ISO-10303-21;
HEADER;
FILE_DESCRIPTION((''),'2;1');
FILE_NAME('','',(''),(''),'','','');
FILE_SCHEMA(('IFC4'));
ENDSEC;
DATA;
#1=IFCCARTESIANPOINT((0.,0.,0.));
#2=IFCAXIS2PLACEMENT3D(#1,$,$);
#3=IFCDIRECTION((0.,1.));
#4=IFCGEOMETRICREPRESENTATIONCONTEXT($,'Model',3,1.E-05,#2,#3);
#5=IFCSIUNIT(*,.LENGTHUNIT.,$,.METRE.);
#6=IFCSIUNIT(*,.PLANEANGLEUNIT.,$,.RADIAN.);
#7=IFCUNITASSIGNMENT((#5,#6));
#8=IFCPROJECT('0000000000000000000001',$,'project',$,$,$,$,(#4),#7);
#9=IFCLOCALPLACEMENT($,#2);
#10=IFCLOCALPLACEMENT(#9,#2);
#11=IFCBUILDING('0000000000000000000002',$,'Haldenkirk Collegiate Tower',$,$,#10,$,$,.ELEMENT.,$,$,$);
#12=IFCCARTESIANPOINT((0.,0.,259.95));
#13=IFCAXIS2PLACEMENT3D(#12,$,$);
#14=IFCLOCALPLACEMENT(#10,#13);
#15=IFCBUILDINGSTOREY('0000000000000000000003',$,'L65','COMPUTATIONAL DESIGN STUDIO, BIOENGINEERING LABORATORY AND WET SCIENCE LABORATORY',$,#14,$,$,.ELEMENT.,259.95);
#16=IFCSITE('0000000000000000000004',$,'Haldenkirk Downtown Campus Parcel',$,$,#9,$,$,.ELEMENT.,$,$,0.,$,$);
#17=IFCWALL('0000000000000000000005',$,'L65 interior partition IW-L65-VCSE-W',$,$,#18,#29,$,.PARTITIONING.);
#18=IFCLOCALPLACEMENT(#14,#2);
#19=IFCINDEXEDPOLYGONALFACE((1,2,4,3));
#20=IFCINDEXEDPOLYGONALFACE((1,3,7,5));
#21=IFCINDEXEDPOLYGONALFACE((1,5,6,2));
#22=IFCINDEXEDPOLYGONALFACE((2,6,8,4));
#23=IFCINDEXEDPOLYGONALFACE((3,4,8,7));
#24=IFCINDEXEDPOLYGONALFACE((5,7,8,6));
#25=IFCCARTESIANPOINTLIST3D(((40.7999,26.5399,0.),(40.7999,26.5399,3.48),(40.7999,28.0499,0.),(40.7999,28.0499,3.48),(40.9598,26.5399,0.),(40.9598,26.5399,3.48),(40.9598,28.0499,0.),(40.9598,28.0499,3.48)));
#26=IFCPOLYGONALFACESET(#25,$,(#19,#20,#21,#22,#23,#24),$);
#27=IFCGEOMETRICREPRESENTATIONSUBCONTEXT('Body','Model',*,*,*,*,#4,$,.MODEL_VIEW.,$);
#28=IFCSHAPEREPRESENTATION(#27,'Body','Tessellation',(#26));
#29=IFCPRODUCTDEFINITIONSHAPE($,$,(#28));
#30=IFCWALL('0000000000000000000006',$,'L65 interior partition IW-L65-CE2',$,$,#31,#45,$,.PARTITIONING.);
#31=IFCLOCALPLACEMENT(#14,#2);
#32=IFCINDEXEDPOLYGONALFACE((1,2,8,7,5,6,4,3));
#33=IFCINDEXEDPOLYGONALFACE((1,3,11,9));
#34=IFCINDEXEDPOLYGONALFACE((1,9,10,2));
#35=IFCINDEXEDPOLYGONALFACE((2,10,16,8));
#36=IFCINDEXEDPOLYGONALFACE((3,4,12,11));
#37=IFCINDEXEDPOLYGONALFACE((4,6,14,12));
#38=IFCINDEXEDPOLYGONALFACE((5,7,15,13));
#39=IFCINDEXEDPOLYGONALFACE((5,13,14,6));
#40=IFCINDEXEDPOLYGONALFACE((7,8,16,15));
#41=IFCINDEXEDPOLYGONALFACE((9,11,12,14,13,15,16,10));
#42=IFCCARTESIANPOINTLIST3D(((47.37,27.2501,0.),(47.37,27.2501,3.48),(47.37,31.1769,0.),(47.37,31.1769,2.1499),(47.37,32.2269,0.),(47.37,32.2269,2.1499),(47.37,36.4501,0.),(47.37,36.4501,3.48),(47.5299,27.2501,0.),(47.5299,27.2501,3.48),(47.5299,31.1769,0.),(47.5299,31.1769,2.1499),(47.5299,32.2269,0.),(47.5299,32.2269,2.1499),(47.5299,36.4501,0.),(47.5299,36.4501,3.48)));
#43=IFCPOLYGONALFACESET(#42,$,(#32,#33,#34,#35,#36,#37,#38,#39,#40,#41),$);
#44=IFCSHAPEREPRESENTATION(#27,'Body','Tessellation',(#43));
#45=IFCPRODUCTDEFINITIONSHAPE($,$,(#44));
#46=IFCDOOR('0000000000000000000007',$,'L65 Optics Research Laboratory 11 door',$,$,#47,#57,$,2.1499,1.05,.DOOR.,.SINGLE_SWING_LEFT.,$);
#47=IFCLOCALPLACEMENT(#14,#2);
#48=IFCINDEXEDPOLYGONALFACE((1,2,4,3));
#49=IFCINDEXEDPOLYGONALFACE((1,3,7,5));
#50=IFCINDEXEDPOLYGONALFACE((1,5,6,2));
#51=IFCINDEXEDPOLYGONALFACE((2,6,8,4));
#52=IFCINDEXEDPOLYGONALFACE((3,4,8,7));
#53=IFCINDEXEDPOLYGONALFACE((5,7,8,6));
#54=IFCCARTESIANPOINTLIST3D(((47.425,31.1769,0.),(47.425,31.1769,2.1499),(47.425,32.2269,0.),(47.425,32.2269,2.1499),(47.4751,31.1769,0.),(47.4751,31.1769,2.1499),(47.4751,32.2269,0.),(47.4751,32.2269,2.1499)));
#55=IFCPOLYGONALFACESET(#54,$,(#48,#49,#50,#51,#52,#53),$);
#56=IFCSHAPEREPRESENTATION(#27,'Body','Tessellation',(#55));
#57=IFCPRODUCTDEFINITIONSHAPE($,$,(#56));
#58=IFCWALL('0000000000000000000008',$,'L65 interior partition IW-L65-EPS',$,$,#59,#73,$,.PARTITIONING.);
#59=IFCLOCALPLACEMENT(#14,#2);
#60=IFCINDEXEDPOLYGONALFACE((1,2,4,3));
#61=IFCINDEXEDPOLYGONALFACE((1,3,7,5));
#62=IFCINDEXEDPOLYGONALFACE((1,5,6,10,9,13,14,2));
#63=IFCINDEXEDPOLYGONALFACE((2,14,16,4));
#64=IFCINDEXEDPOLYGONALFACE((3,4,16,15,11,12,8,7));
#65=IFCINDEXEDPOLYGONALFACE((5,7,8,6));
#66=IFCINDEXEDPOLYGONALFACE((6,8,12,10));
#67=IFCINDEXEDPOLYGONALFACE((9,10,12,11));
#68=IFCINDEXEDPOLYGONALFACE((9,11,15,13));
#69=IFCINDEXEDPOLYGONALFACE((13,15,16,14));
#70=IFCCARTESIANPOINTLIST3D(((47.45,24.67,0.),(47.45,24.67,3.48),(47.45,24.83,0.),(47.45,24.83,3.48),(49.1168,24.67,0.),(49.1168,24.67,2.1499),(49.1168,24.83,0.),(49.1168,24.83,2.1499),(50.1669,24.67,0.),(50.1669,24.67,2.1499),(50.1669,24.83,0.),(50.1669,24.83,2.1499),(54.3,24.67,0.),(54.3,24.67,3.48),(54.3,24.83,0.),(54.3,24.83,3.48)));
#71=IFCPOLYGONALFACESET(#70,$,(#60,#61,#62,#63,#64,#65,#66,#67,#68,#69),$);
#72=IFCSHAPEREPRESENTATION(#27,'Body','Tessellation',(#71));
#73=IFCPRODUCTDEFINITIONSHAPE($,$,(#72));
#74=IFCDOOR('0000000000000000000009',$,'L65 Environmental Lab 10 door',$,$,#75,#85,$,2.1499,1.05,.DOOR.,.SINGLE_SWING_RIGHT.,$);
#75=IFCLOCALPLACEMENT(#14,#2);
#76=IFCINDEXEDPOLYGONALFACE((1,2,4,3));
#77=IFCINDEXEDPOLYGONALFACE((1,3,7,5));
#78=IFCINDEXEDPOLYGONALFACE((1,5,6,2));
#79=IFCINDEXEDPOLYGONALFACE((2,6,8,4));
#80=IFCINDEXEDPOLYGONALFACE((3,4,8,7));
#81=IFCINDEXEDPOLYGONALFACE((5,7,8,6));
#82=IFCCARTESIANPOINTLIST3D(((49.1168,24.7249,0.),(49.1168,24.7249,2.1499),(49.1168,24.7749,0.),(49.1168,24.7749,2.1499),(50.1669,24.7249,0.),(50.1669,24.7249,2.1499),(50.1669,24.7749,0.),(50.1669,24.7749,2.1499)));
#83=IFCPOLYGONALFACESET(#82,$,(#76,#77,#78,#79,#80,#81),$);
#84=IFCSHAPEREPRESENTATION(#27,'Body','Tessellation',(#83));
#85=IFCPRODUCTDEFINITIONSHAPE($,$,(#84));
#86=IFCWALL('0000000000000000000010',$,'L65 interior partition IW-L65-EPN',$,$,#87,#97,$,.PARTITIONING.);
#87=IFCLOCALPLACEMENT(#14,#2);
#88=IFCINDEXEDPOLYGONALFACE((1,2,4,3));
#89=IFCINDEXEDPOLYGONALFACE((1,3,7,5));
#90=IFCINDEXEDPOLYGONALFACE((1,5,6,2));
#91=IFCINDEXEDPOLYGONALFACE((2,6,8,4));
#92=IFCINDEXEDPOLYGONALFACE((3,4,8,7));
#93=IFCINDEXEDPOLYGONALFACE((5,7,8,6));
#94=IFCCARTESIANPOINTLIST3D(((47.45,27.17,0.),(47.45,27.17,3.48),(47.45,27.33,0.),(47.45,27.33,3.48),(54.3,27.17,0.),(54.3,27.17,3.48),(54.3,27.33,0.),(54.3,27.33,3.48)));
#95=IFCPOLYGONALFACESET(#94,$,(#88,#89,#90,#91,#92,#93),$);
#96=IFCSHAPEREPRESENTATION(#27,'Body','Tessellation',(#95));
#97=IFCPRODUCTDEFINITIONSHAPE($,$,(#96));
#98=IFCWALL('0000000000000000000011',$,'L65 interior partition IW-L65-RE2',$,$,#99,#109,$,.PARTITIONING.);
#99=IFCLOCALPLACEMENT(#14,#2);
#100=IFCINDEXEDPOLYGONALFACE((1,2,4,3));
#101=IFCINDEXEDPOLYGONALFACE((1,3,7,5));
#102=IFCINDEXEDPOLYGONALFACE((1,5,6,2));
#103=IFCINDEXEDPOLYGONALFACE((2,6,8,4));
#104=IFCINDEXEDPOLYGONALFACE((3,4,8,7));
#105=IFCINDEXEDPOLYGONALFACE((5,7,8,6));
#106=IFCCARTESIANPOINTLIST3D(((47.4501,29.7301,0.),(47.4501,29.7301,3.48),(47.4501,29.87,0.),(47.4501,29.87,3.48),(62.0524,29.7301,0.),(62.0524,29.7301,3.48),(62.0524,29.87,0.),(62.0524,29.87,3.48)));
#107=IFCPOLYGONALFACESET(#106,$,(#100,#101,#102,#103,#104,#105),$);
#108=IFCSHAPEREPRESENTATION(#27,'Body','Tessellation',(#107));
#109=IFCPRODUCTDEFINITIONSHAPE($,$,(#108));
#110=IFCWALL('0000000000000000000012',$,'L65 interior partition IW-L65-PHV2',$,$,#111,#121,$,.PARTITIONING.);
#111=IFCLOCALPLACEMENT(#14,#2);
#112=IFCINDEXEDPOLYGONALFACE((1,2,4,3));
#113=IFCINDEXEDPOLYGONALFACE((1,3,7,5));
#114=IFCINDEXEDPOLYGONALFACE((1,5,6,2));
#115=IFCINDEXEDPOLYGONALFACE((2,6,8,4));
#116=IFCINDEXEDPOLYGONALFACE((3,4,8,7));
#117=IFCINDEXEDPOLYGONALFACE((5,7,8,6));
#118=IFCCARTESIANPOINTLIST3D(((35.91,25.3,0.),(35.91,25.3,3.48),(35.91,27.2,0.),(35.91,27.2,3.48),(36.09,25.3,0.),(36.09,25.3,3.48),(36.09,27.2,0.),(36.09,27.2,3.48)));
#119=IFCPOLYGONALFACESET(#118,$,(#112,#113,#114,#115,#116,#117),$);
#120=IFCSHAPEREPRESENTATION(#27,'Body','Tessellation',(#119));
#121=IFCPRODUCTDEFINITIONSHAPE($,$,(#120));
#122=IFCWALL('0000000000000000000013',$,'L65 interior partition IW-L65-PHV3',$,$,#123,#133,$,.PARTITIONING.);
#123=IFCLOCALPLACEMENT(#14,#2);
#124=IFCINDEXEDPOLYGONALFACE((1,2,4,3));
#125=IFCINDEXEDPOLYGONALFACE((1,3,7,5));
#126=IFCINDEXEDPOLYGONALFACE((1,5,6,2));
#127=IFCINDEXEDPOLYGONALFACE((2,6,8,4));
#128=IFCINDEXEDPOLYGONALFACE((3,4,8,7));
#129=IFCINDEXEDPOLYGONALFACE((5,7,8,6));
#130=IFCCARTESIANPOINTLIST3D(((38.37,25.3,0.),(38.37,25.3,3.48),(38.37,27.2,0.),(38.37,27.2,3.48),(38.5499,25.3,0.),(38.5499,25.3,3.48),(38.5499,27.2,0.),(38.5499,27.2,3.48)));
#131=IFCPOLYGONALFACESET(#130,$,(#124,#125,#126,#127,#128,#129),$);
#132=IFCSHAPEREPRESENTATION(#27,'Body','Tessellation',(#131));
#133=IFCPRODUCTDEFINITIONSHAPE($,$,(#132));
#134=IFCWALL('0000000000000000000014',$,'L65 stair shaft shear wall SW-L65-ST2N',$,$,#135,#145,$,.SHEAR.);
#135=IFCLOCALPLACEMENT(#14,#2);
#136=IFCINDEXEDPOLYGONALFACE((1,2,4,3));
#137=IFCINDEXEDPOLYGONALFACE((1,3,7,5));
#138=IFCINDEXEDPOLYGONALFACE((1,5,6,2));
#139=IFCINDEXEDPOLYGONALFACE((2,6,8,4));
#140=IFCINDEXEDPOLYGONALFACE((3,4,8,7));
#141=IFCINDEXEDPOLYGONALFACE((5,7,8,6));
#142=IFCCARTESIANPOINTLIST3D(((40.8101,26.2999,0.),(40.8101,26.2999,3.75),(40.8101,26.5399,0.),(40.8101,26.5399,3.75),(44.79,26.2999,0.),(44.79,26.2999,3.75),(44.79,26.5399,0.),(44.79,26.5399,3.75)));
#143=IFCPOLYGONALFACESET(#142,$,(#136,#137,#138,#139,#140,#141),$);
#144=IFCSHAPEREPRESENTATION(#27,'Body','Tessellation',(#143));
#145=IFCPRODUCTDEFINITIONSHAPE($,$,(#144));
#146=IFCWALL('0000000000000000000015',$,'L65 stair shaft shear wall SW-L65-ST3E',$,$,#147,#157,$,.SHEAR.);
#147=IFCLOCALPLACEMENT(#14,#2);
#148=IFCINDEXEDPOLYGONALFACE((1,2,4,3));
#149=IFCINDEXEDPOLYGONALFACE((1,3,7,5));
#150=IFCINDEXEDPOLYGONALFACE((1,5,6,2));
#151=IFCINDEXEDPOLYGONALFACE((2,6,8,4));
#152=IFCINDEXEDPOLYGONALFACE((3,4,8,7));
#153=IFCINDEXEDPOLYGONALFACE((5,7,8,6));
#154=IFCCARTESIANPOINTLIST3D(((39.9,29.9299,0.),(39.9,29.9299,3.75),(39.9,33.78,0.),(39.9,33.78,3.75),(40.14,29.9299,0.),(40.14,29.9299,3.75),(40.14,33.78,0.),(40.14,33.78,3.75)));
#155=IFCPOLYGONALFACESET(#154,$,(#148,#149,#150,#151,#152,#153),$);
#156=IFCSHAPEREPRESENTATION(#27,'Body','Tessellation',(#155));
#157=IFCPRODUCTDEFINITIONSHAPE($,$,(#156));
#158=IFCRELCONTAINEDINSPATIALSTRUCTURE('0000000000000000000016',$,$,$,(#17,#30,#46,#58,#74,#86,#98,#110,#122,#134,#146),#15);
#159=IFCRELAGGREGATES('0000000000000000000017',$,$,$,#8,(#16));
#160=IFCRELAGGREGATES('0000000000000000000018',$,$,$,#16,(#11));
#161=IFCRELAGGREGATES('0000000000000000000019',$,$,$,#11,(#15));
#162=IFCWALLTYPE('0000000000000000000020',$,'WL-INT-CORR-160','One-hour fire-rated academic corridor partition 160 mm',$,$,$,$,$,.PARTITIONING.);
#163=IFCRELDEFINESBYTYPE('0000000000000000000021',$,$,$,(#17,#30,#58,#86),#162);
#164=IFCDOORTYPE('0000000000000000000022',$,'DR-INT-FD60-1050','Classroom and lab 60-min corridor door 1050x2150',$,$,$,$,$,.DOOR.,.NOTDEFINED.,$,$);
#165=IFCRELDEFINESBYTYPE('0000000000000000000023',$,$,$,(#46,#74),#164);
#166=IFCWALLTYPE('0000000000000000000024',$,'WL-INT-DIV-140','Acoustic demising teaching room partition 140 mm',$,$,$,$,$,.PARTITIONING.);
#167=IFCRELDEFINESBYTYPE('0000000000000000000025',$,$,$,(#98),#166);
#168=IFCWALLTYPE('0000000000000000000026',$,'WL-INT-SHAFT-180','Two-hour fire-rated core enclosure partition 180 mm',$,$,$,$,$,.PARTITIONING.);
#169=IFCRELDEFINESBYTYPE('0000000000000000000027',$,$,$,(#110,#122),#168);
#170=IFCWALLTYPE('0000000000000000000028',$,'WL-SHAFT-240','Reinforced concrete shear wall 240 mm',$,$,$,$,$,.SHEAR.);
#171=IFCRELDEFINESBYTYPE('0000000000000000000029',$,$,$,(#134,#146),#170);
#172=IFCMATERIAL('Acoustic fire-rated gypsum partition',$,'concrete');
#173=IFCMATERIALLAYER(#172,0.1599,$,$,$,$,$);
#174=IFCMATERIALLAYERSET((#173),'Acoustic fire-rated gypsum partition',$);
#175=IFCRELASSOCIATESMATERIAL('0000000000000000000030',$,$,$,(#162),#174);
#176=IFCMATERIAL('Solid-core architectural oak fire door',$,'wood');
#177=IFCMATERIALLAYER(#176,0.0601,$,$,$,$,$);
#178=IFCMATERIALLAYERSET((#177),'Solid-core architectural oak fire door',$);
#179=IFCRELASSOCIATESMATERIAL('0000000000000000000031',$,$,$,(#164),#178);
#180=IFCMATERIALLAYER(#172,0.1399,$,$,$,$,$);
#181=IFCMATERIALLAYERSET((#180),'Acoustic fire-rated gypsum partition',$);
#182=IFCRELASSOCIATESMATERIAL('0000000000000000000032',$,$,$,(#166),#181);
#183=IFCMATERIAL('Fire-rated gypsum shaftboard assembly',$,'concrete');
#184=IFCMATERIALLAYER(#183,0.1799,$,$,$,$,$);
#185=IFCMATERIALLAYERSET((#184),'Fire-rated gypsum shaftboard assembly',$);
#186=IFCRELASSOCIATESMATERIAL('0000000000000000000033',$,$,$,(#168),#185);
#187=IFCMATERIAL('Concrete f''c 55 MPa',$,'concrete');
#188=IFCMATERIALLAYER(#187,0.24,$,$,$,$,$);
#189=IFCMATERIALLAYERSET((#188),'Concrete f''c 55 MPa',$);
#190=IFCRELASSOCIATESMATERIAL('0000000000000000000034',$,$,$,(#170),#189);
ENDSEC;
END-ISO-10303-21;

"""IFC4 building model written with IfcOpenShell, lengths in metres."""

from ifc_helpers import new_model, si_unit, direction, frame, frame_2d, origin, place, context, subcontext, project, spatial, rectangle, extrude, material, layer, layer_set, type_object, element, fill, save


model = new_model("IFC4")

# Units and contexts
model_context = context("Model", 3, precision=1e-05, world=origin(), true_north=direction((0.0, 1.0)))
body_context = subcontext(model_context, "Body", "Model", "MODEL_VIEW")
ifc_project = project(units=[si_unit("LENGTHUNIT", "METRE"), si_unit("PLANEANGLEUNIT", "RADIAN")], contexts=[model_context])

# Site, building, storey
site_placement = place(None, origin())
site = spatial("IfcSite", under=ifc_project, at=site_placement, Name="Haldenkirk Downtown Campus Parcel", CompositionType="ELEMENT", RefElevation=0.0)
building_placement = place(site_placement, origin())
building = spatial("IfcBuilding", under=site, at=building_placement, Name="Haldenkirk Collegiate Tower", CompositionType="ELEMENT")
storey_placement = place(building_placement, frame((0.0, 0.0, 259.95)))
storey = spatial("IfcBuildingStorey", under=building, at=storey_placement, Name="L65", Description="COMPUTATIONAL DESIGN STUDIO, BIOENGINEERING LABORATORY AND WET SCIENCE LABORATORY", CompositionType="ELEMENT", Elevation=259.95)

# Shared definitions
ifc_material_1 = material(Name="Acoustic fire-rated gypsum partition", Category="concrete")
ifc_layer_1 = layer(ifc_material_1, 0.1599)
ifc_layer_set_1 = layer_set([ifc_layer_1], Name="Acoustic fire-rated gypsum partition")
wall_type_1 = type_object("IfcWallType", Name="WL-INT-CORR-160", Description="One-hour fire-rated academic corridor partition 160 mm", PredefinedType="PARTITIONING", material=ifc_layer_set_1)
ifc_material_2 = material(Name="Solid-core architectural oak fire door", Category="wood")

# Wall
wall_1_placement = place(storey_placement, frame((40.8799, 26.54, 0.0), z_axis=(0.0, 0.0, 1.0), x_axis=(0.0, 1.0, 0.0)))
element("IfcWall", 1, at=wall_1_placement, inside=storey, type_object=wall_type_1, Name="L65 interior partition IW-L65-VCSE-W", PredefinedType="PARTITIONING", context=body_context, shape_type="SweptSolid", body=[
    extrude(rectangle(XDim=1.51, YDim=0.1599, at=frame_2d((0.7549, 0.0))), origin(), (0.0, 0.0, 1.0), 3.48),
])

# Walls, openings, doors
wall_2_placement = place(storey_placement, frame((47.45, 27.25, 0.0), z_axis=(0.0, 0.0, 1.0), x_axis=(0.0, 1.0, 0.0)))
wall_2 = element("IfcWall", 2, at=wall_2_placement, inside=storey, type_object=wall_type_1, Name="L65 interior partition IW-L65-CE2", PredefinedType="PARTITIONING", context=body_context, shape_type="SweptSolid", body=[
    extrude(rectangle(XDim=9.2, YDim=0.1599, at=frame_2d((4.6001, 0.0))), origin(), (0.0, 0.0, 1.0), 3.48),
])
opening_1_placement = place(wall_2_placement, frame((3.927, 0.0, 0.0)))
opening_1 = element("IfcOpeningElement", 3, at=opening_1_placement, cuts=wall_2, PredefinedType="OPENING", context=body_context, shape_type="SweptSolid", body=[
    extrude(rectangle(XDim=1.05, YDim=2.1499, at=frame_2d((0.5249, 1.075))), frame((0.0, 0.0898, 0.0), z_axis=(0.0, -1.0, 0.0), x_axis=(1.0, 0.0, 0.0)), (0.0, 0.0, 1.0), 0.1799),
])
ifc_layer_2 = layer(ifc_material_2, 0.0601)
ifc_layer_set_2 = layer_set([ifc_layer_2], Name="Solid-core architectural oak fire door")
door_type_1 = type_object("IfcDoorType", Name="DR-INT-FD60-1050", Description="Classroom and lab 60-min corridor door 1050x2150", OperationType="NOTDEFINED", PredefinedType="DOOR", material=ifc_layer_set_2)
door_1_placement = place(opening_1_placement, origin())
door_1 = element("IfcDoor", 4, at=door_1_placement, inside=storey, type_object=door_type_1, Name="L65 Optics Research Laboratory 11 door", OperationType="SINGLE_SWING_LEFT", OverallHeight=2.1499, OverallWidth=1.05, PredefinedType="DOOR", context=body_context, shape_type="SweptSolid", body=[
    extrude(rectangle(XDim=1.05, YDim=2.1499, at=frame_2d((0.5249, 1.075))), frame((0.0, 0.0249, 0.0), z_axis=(0.0, -1.0, 0.0), x_axis=(1.0, 0.0, 0.0)), (0.0, 0.0, 1.0), 0.05),
])
fill(opening_1, door_1)
wall_3_placement = place(storey_placement, frame((47.45, 24.75, 0.0), z_axis=(0.0, 0.0, 1.0), x_axis=(1.0, 0.0, 0.0)))
wall_3 = element("IfcWall", 5, at=wall_3_placement, inside=storey, type_object=wall_type_1, Name="L65 interior partition IW-L65-EPS", PredefinedType="PARTITIONING", context=body_context, shape_type="SweptSolid", body=[
    extrude(rectangle(XDim=6.8501, YDim=0.1599, at=frame_2d((3.425, 0.0))), origin(), (0.0, 0.0, 1.0), 3.48),
])
opening_2_placement = place(wall_3_placement, frame((1.667, 0.0, 0.0)))
opening_2 = element("IfcOpeningElement", 6, at=opening_2_placement, cuts=wall_3, PredefinedType="OPENING", context=body_context, shape_type="SweptSolid", body=[
    extrude(rectangle(XDim=1.05, YDim=2.1499, at=frame_2d((0.5249, 1.075))), frame((0.0, 0.0898, 0.0), z_axis=(0.0, -1.0, 0.0), x_axis=(1.0, 0.0, 0.0)), (0.0, 0.0, 1.0), 0.1799),
])
door_2_placement = place(opening_2_placement, origin())
door_2 = element("IfcDoor", 7, at=door_2_placement, inside=storey, type_object=door_type_1, Name="L65 Environmental Lab 10 door", OperationType="SINGLE_SWING_RIGHT", OverallHeight=2.1499, OverallWidth=1.05, PredefinedType="DOOR", context=body_context, shape_type="SweptSolid", body=[
    extrude(rectangle(XDim=1.05, YDim=2.1499, at=frame_2d((0.5249, 1.075))), frame((0.0, 0.0249, 0.0), z_axis=(0.0, -1.0, 0.0), x_axis=(1.0, 0.0, 0.0)), (0.0, 0.0, 1.0), 0.05),
])
fill(opening_2, door_2)

# Walls
wall_4_placement = place(storey_placement, frame((47.45, 27.25, 0.0), z_axis=(0.0, 0.0, 1.0), x_axis=(1.0, 0.0, 0.0)))
element("IfcWall", 8, at=wall_4_placement, inside=storey, type_object=wall_type_1, Name="L65 interior partition IW-L65-EPN", PredefinedType="PARTITIONING", context=body_context, shape_type="SweptSolid", body=[
    extrude(rectangle(XDim=6.8501, YDim=0.1599, at=frame_2d((3.425, 0.0))), origin(), (0.0, 0.0, 1.0), 3.48),
])
ifc_layer_3 = layer(ifc_material_1, 0.1399)
ifc_layer_set_3 = layer_set([ifc_layer_3], Name="Acoustic fire-rated gypsum partition")
wall_type_2 = type_object("IfcWallType", Name="WL-INT-DIV-140", Description="Acoustic demising teaching room partition 140 mm", PredefinedType="PARTITIONING", material=ifc_layer_set_3)
wall_5_placement = place(storey_placement, frame((47.45, 29.8, 0.0), z_axis=(0.0, 0.0, 1.0), x_axis=(1.0, 0.0, 0.0)))
element("IfcWall", 9, at=wall_5_placement, inside=storey, type_object=wall_type_2, Name="L65 interior partition IW-L65-RE2", PredefinedType="PARTITIONING", context=body_context, shape_type="SweptSolid", body=[
    extrude(rectangle(XDim=14.6023, YDim=0.1399, at=frame_2d((7.3013, 0.0))), origin(), (0.0, 0.0, 1.0), 3.48),
])
ifc_material_3 = material(Name="Fire-rated gypsum shaftboard assembly", Category="concrete")
ifc_layer_4 = layer(ifc_material_3, 0.1799)
ifc_layer_set_4 = layer_set([ifc_layer_4], Name="Fire-rated gypsum shaftboard assembly")
wall_type_3 = type_object("IfcWallType", Name="WL-INT-SHAFT-180", Description="Two-hour fire-rated core enclosure partition 180 mm", PredefinedType="PARTITIONING", material=ifc_layer_set_4)
for number, where, z_axis, x_axis, name in (
    (10, (36.0, 25.3, 0.0), (0.0, 0.0, 1.0), (0.0, 1.0, 0.0), "L65 interior partition IW-L65-PHV2"),
    (11, (38.46, 25.3, 0.0), (0.0, 0.0, 1.0), (0.0, 1.0, 0.0), "L65 interior partition IW-L65-PHV3"),
):
    element("IfcWall", number, at=place(storey_placement, frame(where, z_axis=z_axis, x_axis=x_axis)), inside=storey, type_object=wall_type_3, Name=name, PredefinedType="PARTITIONING", context=body_context, shape_type="SweptSolid", body=[
        extrude(rectangle(XDim=1.8999, YDim=0.1799, at=frame_2d((0.95, 0.0))), origin(), (0.0, 0.0, 1.0), 3.48),
    ])
ifc_material_4 = material(Name="Concrete f'c 55 MPa", Category="concrete")
ifc_layer_5 = layer(ifc_material_4, 0.24)
ifc_layer_set_5 = layer_set([ifc_layer_5], Name="Concrete f'c 55 MPa")
wall_type_4 = type_object("IfcWallType", Name="WL-SHAFT-240", Description="Reinforced concrete shear wall 240 mm", PredefinedType="SHEAR", material=ifc_layer_set_5)
wall_6_placement = place(storey_placement, frame((40.8101, 26.4199, 0.0), z_axis=(0.0, 0.0, 1.0), x_axis=(1.0, 0.0, 0.0)))
element("IfcWall", 12, at=wall_6_placement, inside=storey, type_object=wall_type_4, Name="L65 stair shaft shear wall SW-L65-ST2N", PredefinedType="SHEAR", context=body_context, shape_type="SweptSolid", body=[
    extrude(rectangle(XDim=3.98, YDim=0.24, at=frame_2d((1.99, 0.0))), origin(), (0.0, 0.0, 1.0), 3.75),
])
wall_7_placement = place(storey_placement, frame((40.02, 29.9299, 0.0), z_axis=(0.0, 0.0, 1.0), x_axis=(0.0, 1.0, 0.0)))
element("IfcWall", 13, at=wall_7_placement, inside=storey, type_object=wall_type_4, Name="L65 stair shaft shear wall SW-L65-ST3E", PredefinedType="SHEAR", context=body_context, shape_type="SweptSolid", body=[
    extrude(rectangle(XDim=3.8501, YDim=0.24, at=frame_2d((1.925, 0.0))), origin(), (0.0, 0.0, 1.0), 3.75),
])

save(model, "model.ifc")
